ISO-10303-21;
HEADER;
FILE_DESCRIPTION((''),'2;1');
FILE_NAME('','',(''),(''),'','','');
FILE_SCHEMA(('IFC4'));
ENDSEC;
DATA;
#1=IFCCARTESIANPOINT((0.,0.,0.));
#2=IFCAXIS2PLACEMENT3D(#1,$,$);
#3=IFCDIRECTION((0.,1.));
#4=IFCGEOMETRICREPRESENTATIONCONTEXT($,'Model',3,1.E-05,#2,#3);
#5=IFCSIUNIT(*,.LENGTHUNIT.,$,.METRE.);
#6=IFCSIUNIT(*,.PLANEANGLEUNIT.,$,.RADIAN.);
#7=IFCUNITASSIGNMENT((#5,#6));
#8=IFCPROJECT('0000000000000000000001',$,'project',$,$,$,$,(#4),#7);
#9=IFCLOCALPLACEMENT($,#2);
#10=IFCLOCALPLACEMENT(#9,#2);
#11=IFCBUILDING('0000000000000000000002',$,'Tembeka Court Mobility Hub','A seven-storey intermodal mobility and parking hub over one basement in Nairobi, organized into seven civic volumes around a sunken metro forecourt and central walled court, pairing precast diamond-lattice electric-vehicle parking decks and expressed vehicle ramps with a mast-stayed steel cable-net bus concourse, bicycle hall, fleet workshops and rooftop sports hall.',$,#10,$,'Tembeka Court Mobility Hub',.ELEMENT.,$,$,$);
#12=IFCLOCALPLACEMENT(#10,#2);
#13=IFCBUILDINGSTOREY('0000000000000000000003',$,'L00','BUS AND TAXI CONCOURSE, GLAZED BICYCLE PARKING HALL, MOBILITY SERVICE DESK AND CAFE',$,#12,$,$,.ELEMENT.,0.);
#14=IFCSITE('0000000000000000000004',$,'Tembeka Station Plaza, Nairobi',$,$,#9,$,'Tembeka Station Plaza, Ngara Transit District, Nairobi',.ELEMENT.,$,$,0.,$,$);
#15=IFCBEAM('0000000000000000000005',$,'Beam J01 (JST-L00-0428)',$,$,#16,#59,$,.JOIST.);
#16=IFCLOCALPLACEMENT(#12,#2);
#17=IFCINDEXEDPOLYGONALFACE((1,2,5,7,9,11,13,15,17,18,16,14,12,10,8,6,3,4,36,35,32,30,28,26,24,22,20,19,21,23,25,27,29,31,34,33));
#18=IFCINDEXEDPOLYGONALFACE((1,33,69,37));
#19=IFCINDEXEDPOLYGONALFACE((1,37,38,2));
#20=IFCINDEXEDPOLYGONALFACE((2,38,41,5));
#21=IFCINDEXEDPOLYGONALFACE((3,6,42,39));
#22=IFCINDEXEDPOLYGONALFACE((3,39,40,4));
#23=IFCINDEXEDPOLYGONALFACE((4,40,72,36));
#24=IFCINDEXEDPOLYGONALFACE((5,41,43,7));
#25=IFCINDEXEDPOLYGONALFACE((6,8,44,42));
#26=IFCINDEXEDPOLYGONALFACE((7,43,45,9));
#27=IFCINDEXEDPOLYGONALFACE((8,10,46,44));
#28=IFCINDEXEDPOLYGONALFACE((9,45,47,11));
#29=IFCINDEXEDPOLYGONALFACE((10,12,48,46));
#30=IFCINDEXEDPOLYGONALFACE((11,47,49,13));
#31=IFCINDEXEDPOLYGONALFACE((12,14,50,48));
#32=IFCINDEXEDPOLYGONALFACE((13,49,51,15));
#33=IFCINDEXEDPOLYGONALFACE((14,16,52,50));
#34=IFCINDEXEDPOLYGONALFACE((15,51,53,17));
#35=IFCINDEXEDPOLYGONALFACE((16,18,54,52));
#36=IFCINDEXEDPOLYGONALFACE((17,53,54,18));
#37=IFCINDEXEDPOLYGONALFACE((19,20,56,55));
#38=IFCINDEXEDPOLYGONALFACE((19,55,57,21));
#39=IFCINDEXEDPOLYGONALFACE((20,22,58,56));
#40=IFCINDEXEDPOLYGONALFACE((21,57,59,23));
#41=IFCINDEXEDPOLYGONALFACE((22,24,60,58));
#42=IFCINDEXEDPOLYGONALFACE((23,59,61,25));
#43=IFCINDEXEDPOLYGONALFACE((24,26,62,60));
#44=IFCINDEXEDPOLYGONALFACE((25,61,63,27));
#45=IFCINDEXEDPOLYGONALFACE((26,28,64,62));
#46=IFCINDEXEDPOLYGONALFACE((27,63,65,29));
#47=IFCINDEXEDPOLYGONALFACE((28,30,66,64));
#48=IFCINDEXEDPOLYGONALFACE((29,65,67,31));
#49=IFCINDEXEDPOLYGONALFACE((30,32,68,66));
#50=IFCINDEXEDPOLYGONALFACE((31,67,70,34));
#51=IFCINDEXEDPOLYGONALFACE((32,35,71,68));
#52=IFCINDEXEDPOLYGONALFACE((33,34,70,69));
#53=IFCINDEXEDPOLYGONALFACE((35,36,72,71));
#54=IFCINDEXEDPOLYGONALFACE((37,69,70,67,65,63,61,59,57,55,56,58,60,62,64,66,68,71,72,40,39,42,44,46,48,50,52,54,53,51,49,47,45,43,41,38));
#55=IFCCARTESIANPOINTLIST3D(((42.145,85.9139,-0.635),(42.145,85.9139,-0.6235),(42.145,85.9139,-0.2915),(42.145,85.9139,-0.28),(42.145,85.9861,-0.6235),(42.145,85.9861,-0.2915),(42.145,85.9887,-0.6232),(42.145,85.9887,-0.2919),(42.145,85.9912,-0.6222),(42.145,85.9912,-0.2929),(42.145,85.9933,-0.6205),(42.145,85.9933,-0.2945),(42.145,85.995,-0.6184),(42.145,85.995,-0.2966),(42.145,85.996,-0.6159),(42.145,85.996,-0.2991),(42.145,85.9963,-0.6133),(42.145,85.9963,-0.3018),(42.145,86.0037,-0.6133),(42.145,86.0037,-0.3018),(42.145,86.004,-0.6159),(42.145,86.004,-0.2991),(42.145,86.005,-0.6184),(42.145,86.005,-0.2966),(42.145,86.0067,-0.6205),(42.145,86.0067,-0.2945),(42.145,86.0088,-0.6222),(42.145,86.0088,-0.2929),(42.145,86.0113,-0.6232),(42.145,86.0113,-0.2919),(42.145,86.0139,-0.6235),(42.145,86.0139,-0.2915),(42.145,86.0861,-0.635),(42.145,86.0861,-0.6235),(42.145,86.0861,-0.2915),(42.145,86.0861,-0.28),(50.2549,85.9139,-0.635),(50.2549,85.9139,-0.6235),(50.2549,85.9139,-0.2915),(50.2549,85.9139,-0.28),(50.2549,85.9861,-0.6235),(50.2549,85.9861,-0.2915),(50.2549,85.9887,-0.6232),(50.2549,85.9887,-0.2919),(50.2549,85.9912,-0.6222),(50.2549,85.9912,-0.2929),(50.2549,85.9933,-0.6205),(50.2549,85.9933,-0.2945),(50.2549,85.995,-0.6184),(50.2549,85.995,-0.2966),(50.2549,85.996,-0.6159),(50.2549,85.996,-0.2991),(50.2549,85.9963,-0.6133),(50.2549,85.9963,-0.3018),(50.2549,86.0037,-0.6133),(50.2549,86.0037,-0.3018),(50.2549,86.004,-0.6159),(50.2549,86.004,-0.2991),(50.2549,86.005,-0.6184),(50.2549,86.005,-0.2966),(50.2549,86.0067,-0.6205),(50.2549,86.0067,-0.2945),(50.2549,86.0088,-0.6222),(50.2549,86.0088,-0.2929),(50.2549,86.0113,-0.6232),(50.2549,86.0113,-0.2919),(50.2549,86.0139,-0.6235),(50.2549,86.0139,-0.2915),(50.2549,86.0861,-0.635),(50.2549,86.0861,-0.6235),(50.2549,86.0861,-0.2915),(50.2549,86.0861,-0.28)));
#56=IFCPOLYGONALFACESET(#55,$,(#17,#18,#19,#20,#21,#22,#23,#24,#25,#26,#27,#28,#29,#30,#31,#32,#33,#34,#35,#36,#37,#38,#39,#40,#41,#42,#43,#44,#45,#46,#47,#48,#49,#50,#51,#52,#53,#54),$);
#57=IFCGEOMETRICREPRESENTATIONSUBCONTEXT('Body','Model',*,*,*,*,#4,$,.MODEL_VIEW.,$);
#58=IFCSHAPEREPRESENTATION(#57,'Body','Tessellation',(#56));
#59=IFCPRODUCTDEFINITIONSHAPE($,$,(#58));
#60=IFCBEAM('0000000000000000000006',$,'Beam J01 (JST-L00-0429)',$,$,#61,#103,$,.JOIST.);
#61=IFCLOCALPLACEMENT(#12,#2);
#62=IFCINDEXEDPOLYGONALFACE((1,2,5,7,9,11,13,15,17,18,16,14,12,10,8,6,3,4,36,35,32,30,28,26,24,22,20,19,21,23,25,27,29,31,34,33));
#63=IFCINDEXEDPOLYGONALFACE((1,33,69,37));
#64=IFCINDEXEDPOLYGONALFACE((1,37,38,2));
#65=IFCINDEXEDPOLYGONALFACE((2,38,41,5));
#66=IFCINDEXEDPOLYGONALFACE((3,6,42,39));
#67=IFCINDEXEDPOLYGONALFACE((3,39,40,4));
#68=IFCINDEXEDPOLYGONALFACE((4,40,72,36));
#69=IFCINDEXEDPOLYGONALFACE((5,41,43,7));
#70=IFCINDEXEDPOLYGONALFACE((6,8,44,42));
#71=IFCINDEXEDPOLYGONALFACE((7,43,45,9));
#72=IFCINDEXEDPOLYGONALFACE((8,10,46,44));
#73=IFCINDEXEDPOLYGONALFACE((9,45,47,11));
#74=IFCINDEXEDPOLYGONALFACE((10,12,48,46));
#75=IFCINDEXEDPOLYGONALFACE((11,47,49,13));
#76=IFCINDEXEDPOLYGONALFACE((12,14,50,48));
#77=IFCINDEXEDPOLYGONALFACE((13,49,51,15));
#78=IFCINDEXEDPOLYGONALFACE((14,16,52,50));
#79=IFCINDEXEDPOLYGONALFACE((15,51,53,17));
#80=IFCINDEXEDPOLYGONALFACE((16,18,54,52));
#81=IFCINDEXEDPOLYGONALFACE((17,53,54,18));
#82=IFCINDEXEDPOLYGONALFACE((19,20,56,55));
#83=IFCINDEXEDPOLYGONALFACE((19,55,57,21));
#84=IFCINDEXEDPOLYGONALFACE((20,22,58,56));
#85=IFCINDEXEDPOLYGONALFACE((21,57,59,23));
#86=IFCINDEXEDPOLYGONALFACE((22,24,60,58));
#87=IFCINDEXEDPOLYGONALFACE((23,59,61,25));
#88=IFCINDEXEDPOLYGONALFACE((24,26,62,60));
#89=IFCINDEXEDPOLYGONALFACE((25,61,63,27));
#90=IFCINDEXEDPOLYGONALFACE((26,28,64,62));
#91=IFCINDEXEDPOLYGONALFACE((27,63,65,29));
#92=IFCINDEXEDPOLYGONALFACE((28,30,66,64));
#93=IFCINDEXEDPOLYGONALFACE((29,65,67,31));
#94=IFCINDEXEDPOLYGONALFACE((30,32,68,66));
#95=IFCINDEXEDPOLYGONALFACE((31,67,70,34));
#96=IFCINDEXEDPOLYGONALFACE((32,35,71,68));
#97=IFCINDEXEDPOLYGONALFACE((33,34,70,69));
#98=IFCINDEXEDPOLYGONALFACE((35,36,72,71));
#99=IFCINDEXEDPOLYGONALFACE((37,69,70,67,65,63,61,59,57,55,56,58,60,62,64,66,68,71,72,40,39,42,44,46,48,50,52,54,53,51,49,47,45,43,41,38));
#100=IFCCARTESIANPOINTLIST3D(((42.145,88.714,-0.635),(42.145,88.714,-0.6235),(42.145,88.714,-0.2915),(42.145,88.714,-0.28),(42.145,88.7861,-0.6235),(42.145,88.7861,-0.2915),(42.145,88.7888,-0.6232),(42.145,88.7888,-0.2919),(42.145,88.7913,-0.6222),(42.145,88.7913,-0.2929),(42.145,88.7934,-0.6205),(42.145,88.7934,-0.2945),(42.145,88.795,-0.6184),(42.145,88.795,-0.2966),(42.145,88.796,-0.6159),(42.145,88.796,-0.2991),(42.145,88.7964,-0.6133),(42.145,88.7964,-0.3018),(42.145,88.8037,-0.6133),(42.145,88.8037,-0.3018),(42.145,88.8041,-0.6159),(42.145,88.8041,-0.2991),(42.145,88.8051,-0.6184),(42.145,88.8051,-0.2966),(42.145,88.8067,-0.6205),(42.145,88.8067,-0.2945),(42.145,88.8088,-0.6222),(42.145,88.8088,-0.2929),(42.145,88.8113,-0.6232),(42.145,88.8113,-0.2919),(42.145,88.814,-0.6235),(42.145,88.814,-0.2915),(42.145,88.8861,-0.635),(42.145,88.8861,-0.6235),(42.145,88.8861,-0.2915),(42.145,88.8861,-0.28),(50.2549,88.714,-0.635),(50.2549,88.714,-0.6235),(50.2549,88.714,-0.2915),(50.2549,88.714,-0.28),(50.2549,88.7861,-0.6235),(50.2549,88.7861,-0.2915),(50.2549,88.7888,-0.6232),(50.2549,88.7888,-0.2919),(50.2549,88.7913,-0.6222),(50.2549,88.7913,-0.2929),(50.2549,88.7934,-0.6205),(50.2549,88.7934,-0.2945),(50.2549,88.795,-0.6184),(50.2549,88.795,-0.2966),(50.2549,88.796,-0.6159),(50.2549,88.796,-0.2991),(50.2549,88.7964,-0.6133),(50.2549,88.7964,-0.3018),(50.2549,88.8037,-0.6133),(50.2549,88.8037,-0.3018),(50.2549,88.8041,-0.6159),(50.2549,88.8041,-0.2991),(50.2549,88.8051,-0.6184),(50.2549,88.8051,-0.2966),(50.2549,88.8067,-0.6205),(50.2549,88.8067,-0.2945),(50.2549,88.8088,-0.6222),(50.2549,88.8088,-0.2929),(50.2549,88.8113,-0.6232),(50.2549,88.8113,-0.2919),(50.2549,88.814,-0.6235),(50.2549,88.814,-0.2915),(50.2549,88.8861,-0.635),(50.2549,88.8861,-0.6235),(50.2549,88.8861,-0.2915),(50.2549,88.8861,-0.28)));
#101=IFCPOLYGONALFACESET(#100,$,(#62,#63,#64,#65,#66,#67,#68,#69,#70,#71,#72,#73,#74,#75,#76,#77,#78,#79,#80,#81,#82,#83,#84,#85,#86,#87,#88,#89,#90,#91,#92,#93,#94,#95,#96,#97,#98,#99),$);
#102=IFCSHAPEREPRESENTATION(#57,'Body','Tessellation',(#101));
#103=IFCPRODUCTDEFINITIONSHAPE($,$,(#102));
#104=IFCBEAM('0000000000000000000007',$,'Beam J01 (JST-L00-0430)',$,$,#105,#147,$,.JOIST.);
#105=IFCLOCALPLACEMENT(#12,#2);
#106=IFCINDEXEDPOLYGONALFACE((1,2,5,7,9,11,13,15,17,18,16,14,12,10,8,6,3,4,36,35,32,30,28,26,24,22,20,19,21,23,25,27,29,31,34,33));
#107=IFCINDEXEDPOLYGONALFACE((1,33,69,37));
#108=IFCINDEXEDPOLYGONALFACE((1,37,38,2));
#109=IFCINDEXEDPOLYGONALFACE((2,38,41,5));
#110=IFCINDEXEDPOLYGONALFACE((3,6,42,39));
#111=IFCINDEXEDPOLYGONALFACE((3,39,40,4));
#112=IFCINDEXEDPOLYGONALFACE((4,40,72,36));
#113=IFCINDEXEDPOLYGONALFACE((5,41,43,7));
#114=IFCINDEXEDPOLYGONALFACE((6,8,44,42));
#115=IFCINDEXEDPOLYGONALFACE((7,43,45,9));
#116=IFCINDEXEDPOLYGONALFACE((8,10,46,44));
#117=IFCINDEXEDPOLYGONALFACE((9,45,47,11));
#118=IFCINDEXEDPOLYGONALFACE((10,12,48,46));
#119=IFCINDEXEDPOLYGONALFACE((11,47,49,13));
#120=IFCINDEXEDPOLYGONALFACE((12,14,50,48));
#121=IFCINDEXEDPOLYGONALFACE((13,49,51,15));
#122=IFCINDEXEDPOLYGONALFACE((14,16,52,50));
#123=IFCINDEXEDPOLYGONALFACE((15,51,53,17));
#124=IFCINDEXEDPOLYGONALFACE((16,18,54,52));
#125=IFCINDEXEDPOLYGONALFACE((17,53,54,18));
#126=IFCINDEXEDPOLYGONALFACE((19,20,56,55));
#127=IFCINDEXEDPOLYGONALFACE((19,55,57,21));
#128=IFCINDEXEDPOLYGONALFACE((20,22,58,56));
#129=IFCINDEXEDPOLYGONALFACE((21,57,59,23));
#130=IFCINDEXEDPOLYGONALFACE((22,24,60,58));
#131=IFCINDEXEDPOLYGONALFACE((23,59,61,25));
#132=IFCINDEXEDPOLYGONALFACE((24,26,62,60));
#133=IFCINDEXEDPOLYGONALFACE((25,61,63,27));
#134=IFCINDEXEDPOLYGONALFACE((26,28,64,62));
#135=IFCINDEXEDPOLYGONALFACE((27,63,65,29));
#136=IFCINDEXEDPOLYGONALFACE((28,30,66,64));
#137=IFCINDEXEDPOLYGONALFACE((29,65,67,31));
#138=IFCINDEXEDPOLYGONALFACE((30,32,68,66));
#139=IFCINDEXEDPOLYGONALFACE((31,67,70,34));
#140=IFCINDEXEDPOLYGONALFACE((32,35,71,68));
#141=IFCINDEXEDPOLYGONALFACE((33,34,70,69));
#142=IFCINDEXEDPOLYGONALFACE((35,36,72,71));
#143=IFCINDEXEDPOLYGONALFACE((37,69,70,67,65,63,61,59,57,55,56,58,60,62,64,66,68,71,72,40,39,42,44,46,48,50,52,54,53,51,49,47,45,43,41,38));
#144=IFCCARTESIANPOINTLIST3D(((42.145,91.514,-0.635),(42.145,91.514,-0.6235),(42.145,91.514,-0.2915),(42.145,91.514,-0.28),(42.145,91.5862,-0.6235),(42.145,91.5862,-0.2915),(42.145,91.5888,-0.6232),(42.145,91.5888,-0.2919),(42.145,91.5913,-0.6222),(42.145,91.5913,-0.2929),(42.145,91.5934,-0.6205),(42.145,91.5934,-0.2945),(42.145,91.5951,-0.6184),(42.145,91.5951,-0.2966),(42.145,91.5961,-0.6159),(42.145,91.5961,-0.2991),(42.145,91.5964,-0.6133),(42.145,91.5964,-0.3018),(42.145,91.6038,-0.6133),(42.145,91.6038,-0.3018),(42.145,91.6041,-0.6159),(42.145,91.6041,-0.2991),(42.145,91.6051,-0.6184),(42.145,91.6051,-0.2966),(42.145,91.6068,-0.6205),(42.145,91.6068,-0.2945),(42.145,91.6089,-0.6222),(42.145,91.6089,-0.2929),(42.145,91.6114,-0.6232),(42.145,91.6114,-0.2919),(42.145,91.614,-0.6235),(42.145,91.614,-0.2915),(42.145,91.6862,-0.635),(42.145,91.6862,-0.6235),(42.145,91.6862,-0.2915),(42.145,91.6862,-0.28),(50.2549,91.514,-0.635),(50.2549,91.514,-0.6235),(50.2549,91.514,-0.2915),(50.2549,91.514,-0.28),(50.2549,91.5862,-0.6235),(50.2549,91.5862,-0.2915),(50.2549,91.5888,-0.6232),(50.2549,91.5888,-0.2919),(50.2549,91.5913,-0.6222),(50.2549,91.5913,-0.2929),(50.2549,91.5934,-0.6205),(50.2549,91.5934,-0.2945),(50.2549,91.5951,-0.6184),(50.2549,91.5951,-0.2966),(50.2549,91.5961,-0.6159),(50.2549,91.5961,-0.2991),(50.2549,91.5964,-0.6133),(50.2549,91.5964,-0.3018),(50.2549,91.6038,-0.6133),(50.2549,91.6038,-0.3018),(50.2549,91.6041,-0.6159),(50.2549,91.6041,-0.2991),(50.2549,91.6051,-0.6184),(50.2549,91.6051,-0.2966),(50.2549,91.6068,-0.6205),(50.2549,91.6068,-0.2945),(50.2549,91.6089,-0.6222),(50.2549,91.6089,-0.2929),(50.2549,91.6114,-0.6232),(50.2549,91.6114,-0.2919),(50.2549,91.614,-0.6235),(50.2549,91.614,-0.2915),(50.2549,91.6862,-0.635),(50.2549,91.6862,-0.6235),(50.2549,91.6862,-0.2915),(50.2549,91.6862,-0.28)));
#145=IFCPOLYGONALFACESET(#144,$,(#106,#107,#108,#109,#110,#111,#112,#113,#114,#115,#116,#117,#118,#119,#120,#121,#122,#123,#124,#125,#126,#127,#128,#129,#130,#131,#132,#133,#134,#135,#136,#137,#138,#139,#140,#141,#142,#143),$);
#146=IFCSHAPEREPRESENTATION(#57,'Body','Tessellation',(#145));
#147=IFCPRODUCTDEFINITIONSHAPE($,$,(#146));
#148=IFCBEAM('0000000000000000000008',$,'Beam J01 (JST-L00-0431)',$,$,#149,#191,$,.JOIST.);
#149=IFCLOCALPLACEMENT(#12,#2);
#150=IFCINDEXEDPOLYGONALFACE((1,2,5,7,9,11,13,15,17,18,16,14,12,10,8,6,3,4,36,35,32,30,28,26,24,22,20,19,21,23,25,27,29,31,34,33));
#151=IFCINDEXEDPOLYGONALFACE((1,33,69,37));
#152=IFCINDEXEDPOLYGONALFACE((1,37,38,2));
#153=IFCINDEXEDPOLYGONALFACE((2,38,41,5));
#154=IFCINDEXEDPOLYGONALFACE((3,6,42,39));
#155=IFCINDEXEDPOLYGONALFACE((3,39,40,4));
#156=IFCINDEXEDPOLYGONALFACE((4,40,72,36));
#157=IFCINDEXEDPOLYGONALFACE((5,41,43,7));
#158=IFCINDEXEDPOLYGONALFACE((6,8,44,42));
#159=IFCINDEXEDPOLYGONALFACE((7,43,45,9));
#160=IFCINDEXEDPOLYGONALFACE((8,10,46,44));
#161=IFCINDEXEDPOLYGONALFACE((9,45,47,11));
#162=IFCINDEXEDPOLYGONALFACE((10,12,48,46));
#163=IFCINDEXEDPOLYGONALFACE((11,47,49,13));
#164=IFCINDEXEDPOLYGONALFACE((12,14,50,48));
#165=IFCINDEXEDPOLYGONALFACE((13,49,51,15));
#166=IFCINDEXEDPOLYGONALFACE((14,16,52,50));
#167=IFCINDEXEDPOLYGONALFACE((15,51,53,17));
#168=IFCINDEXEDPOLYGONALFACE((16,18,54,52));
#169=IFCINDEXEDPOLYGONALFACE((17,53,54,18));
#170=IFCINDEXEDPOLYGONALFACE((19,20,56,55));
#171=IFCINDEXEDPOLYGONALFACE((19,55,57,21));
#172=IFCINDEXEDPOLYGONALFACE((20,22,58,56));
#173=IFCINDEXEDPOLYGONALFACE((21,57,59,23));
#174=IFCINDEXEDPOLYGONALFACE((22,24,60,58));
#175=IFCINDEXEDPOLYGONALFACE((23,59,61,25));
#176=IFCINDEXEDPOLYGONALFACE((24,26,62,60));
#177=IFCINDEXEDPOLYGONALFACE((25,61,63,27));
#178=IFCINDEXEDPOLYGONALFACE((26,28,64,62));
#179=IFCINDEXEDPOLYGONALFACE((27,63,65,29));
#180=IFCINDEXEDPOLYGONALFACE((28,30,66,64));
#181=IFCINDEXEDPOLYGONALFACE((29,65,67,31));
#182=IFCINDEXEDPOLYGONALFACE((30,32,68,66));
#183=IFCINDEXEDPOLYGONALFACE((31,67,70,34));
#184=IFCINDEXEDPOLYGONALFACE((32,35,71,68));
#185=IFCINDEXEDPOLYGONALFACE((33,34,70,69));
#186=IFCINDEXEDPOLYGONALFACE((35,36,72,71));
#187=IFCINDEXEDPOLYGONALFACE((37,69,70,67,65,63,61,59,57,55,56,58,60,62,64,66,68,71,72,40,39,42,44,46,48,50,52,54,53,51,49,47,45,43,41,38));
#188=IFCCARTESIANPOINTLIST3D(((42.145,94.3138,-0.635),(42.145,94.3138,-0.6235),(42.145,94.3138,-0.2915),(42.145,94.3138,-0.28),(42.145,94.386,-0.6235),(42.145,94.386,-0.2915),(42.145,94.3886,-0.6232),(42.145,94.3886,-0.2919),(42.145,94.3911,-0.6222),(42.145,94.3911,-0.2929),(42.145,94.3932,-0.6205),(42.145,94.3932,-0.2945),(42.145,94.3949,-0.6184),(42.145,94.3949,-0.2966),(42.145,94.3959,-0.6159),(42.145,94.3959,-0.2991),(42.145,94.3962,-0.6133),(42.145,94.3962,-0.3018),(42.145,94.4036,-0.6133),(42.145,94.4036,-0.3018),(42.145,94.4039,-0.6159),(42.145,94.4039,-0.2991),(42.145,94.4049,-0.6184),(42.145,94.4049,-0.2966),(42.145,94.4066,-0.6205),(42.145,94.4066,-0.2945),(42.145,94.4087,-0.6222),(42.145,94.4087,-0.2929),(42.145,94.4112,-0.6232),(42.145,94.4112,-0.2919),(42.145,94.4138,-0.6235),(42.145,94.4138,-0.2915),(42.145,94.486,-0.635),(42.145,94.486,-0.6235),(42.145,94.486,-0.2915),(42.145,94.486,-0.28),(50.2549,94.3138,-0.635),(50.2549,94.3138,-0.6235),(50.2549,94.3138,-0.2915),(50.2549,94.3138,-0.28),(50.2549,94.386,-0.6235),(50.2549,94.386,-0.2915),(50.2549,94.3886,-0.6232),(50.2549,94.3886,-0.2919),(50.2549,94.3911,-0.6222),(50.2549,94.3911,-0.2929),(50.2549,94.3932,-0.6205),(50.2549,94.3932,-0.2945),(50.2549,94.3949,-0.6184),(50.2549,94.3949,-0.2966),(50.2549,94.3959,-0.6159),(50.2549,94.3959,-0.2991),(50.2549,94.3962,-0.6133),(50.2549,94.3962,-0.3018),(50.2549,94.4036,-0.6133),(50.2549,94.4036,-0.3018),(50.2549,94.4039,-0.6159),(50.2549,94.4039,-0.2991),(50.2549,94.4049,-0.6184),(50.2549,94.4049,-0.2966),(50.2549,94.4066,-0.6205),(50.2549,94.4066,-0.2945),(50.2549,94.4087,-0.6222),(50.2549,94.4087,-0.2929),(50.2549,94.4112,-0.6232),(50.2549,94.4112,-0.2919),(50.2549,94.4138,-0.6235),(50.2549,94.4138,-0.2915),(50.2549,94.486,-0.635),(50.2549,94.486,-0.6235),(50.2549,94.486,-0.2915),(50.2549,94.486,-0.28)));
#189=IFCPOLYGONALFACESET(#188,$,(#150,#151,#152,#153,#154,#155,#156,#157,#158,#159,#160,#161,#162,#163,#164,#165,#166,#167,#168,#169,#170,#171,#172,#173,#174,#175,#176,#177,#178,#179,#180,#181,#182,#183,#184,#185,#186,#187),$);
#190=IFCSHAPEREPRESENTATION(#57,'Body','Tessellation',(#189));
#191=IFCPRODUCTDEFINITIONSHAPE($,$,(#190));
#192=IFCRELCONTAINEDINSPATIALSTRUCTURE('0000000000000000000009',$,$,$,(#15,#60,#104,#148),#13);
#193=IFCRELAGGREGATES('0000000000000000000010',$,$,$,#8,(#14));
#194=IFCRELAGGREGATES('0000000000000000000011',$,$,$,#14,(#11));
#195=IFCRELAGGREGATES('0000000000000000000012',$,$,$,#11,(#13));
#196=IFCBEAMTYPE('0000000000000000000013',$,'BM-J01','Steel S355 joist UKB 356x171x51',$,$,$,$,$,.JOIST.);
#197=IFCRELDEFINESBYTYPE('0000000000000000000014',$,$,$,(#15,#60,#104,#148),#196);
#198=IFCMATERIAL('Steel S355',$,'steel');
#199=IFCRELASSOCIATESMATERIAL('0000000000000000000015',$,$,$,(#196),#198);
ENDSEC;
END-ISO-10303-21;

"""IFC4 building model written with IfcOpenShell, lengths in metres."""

from ifc_helpers import new_model, si_unit, direction, frame, origin, origin_2d, place, context, subcontext, project, spatial, i_section, extrude, material, material_profile, profile_set, type_object, element, save


model = new_model("IFC4")

# Units and contexts
model_context = context("Model", 3, precision=1e-05, world=origin(), true_north=direction((0.0, 1.0)))
body_context = subcontext(model_context, "Body", "Model", "MODEL_VIEW")
ifc_project = project(units=[si_unit("LENGTHUNIT", "METRE"), si_unit("PLANEANGLEUNIT", "RADIAN")], contexts=[model_context])

# Site, building, storey
site_placement = place(None, origin())
site = spatial("IfcSite", under=ifc_project, at=site_placement, Name="Tembeka Station Plaza, Nairobi", LongName="Tembeka Station Plaza, Ngara Transit District, Nairobi", CompositionType="ELEMENT", RefElevation=0.0)
building_placement = place(site_placement, origin())
building = spatial("IfcBuilding", under=site, at=building_placement, Name="Tembeka Court Mobility Hub", Description="A seven-storey intermodal mobility and parking hub over one basement in Nairobi, organized into seven civic volumes around a sunken metro forecourt and central walled court, pairing precast diamond-lattice electric-vehicle parking decks and expressed vehicle ramps with a mast-stayed steel cable-net bus concourse, bicycle hall, fleet workshops and rooftop sports hall.", LongName="Tembeka Court Mobility Hub", CompositionType="ELEMENT")
storey_placement = place(building_placement, origin())
storey = spatial("IfcBuildingStorey", under=building, at=storey_placement, Name="L00", Description="BUS AND TAXI CONCOURSE, GLAZED BICYCLE PARKING HALL, MOBILITY SERVICE DESK AND CAFE", CompositionType="ELEMENT", Elevation=0.0)

# Shared definitions
ifc_material_1 = material(Name="Steel S355", Category="steel")

# Beams
ifc_material_profile_1 = material_profile(ifc_material_1, i_section(OverallWidth=0.1721, OverallDepth=0.355, WebThickness=0.0073, FlangeThickness=0.0115, FilletRadius=0.0103, at=origin_2d()), Name="UKB 356x171x51")
ifc_profile_set_1 = profile_set([ifc_material_profile_1], Name="Steel S355")
beam_type_1 = type_object("IfcBeamType", Name="BM-J01", Description="Steel S355 joist UKB 356x171x51", PredefinedType="JOIST", material=ifc_profile_set_1)
for number, where, z_axis, x_axis, name in (
    (1, (42.145, 86.0, -0.4575), (1.0, 0.0, 0.0), (0.0, 1.0, 0.0), "Beam J01 (JST-L00-0428)"),
    (2, (42.145, 88.8, -0.4575), (1.0, 0.0, 0.0), (0.0, 1.0, 0.0), "Beam J01 (JST-L00-0429)"),
    (3, (42.145, 91.6001, -0.4575), (1.0, 0.0, 0.0), (0.0, 1.0, 0.0), "Beam J01 (JST-L00-0430)"),
    (4, (42.145, 94.3999, -0.4575), (1.0, 0.0, 0.0), (0.0, 1.0, 0.0), "Beam J01 (JST-L00-0431)"),
):
    element("IfcBeam", number, at=place(storey_placement, frame(where, z_axis=z_axis, x_axis=x_axis)), inside=storey, type_object=beam_type_1, Name=name, PredefinedType="JOIST", context=body_context, shape_type="SweptSolid", body=[
        extrude(i_section(OverallWidth=0.1721, OverallDepth=0.355, WebThickness=0.0073, FlangeThickness=0.0115, FilletRadius=0.0103, at=origin_2d()), origin(), (0.0, 0.0, 1.0), 8.1099),
    ])

save(model, "model.ifc")
